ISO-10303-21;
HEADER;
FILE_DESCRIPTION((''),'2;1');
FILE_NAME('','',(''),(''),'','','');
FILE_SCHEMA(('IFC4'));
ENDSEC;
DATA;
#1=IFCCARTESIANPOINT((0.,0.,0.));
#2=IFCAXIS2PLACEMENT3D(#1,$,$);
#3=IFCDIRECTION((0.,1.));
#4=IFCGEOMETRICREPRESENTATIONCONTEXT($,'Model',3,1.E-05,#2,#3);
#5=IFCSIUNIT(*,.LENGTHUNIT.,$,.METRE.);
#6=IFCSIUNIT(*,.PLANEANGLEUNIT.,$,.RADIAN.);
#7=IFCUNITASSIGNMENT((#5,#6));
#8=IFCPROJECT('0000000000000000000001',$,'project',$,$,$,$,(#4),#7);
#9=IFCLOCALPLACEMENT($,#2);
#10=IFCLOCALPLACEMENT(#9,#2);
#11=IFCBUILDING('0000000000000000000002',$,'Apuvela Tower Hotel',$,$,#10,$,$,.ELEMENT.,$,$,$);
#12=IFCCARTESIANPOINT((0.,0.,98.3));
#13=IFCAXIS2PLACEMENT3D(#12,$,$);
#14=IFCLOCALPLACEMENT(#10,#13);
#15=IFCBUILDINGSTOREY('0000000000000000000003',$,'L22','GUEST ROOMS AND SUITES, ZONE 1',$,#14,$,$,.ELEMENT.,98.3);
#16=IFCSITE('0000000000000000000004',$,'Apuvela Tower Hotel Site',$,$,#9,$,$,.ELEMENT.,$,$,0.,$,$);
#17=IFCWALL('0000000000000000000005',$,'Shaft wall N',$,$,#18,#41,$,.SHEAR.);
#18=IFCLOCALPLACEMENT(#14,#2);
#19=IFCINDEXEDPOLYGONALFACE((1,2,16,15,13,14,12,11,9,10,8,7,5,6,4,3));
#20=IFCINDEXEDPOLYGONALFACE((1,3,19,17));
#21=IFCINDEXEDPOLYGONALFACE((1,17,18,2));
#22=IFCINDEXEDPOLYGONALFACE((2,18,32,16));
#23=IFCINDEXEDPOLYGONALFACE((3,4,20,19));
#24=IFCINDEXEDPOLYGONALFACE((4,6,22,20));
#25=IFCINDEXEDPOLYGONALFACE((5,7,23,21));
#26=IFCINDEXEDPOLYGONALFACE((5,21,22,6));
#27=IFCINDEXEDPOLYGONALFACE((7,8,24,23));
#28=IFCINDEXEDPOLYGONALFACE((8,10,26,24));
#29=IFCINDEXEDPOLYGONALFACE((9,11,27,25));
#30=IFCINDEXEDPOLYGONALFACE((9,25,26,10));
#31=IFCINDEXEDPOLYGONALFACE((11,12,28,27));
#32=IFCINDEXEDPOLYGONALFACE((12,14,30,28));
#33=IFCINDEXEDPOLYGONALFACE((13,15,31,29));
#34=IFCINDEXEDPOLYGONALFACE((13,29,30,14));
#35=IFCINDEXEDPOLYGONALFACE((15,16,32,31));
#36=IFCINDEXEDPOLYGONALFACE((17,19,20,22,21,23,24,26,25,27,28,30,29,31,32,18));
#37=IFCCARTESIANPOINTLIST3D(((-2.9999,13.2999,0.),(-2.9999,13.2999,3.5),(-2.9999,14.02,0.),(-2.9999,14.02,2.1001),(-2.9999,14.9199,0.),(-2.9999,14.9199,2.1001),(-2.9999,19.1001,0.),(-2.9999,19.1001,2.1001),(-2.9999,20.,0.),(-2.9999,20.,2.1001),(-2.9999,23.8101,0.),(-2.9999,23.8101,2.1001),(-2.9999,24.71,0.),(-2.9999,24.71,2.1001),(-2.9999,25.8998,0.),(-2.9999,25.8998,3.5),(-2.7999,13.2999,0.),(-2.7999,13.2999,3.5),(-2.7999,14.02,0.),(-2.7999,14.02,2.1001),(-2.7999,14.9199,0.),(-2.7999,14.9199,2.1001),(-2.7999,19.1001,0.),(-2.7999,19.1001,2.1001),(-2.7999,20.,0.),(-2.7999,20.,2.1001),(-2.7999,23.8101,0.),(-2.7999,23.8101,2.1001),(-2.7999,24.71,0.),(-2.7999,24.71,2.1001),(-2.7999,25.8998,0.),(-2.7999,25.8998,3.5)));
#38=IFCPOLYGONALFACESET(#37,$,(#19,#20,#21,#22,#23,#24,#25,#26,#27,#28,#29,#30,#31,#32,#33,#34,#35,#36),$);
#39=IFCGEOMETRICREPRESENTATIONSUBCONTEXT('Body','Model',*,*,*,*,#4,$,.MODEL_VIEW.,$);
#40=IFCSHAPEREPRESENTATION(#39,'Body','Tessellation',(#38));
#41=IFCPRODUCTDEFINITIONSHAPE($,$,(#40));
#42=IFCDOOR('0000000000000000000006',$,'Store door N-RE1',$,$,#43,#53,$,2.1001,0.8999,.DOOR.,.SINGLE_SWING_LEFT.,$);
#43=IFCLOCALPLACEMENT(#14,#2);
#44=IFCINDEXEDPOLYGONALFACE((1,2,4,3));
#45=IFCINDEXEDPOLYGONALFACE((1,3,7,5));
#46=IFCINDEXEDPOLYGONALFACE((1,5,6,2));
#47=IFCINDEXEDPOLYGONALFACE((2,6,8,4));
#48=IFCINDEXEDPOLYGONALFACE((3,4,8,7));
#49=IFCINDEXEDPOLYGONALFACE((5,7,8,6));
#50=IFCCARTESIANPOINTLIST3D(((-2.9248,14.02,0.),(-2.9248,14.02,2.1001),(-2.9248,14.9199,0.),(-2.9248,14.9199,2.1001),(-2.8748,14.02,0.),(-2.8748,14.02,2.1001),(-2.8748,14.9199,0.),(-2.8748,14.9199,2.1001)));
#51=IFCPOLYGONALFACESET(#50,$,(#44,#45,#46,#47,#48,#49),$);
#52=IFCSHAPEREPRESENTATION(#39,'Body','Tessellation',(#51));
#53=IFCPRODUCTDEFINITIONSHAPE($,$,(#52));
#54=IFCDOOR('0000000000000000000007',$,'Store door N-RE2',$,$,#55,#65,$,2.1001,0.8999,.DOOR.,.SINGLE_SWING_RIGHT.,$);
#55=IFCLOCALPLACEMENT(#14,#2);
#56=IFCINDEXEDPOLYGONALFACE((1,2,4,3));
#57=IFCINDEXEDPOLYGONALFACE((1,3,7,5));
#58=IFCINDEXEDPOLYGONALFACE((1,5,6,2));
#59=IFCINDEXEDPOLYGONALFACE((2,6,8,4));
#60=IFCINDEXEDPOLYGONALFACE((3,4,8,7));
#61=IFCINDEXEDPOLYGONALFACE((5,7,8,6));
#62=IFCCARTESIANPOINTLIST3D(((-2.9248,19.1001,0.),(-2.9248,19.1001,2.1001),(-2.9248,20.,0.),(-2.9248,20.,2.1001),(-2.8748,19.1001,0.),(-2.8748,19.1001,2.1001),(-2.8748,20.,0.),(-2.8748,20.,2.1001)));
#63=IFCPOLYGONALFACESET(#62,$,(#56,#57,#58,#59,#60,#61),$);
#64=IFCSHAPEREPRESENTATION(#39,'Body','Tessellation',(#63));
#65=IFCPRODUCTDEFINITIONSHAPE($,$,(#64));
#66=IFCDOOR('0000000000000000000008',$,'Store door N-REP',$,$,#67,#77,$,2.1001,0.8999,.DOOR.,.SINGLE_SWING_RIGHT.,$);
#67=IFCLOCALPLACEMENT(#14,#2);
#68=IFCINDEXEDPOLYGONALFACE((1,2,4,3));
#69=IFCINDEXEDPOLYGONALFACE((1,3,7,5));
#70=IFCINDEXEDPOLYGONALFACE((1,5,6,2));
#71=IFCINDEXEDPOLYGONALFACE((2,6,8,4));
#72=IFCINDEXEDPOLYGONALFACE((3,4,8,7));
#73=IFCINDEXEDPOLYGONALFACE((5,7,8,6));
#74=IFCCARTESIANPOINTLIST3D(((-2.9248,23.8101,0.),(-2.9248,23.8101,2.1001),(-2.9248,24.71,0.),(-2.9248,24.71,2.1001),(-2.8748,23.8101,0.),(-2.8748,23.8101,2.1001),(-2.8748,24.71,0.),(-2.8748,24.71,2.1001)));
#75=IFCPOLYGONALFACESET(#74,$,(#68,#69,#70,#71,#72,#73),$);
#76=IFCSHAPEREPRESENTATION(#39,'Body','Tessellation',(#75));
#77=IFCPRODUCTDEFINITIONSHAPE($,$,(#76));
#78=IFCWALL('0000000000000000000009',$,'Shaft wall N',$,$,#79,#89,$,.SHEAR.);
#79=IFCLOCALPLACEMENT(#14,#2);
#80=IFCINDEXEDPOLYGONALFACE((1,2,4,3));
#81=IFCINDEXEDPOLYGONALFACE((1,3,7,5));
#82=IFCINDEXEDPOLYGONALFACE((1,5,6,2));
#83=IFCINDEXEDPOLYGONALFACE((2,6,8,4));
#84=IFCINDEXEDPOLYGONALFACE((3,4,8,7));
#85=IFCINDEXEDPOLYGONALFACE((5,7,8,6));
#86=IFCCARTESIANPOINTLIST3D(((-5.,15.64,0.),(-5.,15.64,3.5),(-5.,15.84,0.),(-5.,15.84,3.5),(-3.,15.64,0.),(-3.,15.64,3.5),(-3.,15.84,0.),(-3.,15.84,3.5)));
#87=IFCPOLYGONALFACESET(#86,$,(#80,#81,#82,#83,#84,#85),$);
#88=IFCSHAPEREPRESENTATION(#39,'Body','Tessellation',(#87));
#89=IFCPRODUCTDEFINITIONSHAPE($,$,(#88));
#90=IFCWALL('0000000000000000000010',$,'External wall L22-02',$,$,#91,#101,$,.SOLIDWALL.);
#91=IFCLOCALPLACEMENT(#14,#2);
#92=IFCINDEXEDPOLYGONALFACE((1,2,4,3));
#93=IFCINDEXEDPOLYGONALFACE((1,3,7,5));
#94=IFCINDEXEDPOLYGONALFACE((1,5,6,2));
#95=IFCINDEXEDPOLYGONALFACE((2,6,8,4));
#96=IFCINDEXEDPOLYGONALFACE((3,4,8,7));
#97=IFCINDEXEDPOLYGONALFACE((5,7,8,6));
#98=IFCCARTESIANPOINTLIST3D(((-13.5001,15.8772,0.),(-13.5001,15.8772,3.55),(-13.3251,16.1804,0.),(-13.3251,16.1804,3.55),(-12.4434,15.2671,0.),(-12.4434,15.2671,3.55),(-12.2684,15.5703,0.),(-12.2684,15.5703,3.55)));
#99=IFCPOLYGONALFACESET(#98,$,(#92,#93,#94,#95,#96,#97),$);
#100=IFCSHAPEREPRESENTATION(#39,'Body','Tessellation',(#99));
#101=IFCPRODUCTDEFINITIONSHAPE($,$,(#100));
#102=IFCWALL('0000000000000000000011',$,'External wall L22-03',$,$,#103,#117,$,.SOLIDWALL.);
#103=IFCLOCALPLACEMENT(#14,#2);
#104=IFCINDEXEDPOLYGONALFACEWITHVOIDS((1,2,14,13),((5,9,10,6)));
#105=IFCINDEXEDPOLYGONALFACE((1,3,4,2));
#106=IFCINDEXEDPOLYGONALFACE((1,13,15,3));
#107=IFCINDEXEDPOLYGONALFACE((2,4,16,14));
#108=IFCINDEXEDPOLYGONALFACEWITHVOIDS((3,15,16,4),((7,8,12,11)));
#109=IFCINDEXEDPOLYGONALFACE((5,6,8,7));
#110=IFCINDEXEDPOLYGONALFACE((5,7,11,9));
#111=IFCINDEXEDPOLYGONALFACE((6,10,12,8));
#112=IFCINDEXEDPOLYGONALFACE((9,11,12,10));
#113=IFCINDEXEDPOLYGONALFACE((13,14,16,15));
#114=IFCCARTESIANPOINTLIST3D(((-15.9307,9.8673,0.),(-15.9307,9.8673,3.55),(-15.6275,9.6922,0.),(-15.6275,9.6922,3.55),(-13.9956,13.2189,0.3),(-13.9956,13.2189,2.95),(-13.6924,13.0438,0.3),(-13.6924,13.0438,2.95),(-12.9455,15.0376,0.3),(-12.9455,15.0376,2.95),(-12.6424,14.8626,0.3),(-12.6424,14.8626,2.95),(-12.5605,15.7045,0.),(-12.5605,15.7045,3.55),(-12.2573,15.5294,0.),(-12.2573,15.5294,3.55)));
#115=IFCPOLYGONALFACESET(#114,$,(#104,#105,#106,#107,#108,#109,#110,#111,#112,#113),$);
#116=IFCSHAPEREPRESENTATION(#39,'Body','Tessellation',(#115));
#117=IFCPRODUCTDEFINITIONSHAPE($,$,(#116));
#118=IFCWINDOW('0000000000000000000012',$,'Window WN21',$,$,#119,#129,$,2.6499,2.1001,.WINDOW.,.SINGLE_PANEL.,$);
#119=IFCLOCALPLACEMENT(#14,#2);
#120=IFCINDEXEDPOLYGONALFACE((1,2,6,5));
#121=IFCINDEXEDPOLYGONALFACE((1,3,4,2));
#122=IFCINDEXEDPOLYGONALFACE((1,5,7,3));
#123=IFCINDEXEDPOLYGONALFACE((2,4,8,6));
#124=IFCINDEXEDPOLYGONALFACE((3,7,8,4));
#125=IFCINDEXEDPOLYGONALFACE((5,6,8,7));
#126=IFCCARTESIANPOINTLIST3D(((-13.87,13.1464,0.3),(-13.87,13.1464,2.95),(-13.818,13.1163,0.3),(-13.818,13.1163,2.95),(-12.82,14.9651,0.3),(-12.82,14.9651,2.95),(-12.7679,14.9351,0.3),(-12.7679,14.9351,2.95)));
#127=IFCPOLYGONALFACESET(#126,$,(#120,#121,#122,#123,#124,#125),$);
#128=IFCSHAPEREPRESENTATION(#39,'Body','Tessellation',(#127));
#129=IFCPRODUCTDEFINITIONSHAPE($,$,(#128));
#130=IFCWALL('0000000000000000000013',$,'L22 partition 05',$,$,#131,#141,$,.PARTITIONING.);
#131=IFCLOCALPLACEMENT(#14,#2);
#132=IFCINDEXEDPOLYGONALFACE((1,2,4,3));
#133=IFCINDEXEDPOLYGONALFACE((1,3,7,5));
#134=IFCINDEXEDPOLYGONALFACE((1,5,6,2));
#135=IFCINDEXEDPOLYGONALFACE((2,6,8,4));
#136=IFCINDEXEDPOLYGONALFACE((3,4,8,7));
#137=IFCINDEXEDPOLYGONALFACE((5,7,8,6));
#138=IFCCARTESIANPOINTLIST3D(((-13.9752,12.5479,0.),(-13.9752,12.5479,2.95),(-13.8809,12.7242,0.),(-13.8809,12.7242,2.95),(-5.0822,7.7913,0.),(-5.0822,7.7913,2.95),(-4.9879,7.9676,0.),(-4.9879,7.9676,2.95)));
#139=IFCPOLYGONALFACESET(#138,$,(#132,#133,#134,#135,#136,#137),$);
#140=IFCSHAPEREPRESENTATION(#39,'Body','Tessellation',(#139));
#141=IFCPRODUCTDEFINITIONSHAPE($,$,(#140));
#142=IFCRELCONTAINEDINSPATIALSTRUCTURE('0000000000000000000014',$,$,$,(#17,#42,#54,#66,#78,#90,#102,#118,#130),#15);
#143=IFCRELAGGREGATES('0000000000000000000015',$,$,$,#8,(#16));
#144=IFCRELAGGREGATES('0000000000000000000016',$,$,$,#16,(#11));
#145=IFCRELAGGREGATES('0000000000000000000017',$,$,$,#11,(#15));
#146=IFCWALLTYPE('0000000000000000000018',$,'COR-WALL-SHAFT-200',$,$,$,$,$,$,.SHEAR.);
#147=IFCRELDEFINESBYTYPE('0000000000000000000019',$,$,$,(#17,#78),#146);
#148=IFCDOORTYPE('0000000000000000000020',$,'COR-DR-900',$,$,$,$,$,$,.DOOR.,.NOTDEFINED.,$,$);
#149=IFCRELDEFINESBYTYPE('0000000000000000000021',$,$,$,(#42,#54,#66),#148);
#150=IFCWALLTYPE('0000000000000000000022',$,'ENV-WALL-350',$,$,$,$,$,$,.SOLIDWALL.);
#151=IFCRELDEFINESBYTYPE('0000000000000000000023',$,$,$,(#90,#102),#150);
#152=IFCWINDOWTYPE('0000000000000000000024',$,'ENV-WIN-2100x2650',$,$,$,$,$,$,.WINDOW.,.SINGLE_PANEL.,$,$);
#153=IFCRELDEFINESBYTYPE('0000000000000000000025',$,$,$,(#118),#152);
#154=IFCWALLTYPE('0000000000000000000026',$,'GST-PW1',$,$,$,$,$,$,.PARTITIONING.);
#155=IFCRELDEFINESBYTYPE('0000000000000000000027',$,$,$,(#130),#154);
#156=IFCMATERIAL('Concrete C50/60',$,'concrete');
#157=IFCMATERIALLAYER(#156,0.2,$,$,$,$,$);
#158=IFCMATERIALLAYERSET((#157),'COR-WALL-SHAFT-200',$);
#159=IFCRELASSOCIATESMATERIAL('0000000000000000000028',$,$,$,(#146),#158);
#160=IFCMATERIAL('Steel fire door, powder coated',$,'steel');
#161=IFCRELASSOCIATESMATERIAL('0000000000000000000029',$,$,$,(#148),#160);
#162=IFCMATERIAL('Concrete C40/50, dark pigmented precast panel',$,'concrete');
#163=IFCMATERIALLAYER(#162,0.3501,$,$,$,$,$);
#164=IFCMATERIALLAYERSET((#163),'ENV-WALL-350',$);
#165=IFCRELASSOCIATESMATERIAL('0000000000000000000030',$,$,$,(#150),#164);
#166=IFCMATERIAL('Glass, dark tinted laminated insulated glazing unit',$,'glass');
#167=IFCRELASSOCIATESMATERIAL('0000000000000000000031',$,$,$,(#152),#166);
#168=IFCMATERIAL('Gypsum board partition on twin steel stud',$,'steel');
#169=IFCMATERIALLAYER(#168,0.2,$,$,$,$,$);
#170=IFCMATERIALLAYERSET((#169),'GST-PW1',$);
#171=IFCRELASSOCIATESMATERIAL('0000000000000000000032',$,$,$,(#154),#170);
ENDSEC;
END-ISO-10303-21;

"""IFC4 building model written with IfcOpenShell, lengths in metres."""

from ifc_helpers import new_model, si_unit, direction, frame, frame_2d, origin, place, context, subcontext, project, spatial, rectangle, extrude, material, layer, layer_set, type_object, element, fill, save


model = new_model("IFC4")

# Units and contexts
model_context = context("Model", 3, precision=1e-05, world=origin(), true_north=direction((0.0, 1.0)))
body_context = subcontext(model_context, "Body", "Model", "MODEL_VIEW")
ifc_project = project(units=[si_unit("LENGTHUNIT", "METRE"), si_unit("PLANEANGLEUNIT", "RADIAN")], contexts=[model_context])

# Site, building, storey
site_placement = place(None, origin())
site = spatial("IfcSite", under=ifc_project, at=site_placement, Name="Apuvela Tower Hotel Site", CompositionType="ELEMENT", RefElevation=0.0)
building_placement = place(site_placement, origin())
building = spatial("IfcBuilding", under=site, at=building_placement, Name="Apuvela Tower Hotel", CompositionType="ELEMENT")
storey_placement = place(building_placement, frame((0.0, 0.0, 98.3)))
storey = spatial("IfcBuildingStorey", under=building, at=storey_placement, Name="L22", Description="GUEST ROOMS AND SUITES, ZONE 1", CompositionType="ELEMENT", Elevation=98.3)

# Shared definitions
ifc_material_1 = material(Name="Concrete C50/60", Category="concrete")
ifc_layer_1 = layer(ifc_material_1, 0.2)
ifc_layer_set_1 = layer_set([ifc_layer_1], Name="COR-WALL-SHAFT-200")
wall_type_1 = type_object("IfcWallType", Name="COR-WALL-SHAFT-200", PredefinedType="SHEAR", material=ifc_layer_set_1)

# Wall, openings, doors
wall_1_placement = place(storey_placement, frame((-2.8999, 13.3, 0.0), z_axis=(0.0, 0.0, 1.0), x_axis=(0.0, 1.0, 0.0)))
wall_1 = element("IfcWall", 1, at=wall_1_placement, inside=storey, type_object=wall_type_1, Name="Shaft wall N", PredefinedType="SHEAR", context=body_context, shape_type="SweptSolid", body=[
    extrude(rectangle(XDim=12.5999, YDim=0.2, at=frame_2d((6.2998, 0.0))), origin(), (0.0, 0.0, 1.0), 3.5),
])
opening_1_placement = place(wall_1_placement, frame((0.72, 0.0, 0.0)))
opening_1 = element("IfcOpeningElement", 2, at=opening_1_placement, cuts=wall_1, PredefinedType="OPENING", context=body_context, shape_type="SweptSolid", body=[
    extrude(rectangle(XDim=0.8999, YDim=2.1001, at=frame_2d((0.45, 1.05))), frame((0.0, 0.1099, 0.0), z_axis=(0.0, -1.0, 0.0), x_axis=(1.0, 0.0, 0.0)), (0.0, 0.0, 1.0), 0.22),
])
opening_2_placement = place(wall_1_placement, frame((5.8, 0.0, 0.0)))
opening_2 = element("IfcOpeningElement", 3, at=opening_2_placement, cuts=wall_1, PredefinedType="OPENING", context=body_context, shape_type="SweptSolid", body=[
    extrude(rectangle(XDim=0.8999, YDim=2.1001, at=frame_2d((0.45, 1.05))), frame((0.0, 0.1099, 0.0), z_axis=(0.0, -1.0, 0.0), x_axis=(1.0, 0.0, 0.0)), (0.0, 0.0, 1.0), 0.22),
])
opening_3_placement = place(wall_1_placement, frame((10.51, 0.0, 0.0)))
opening_3 = element("IfcOpeningElement", 4, at=opening_3_placement, cuts=wall_1, PredefinedType="OPENING", context=body_context, shape_type="SweptSolid", body=[
    extrude(rectangle(XDim=0.8999, YDim=2.1001, at=frame_2d((0.45, 1.05))), frame((0.0, 0.1099, 0.0), z_axis=(0.0, -1.0, 0.0), x_axis=(1.0, 0.0, 0.0)), (0.0, 0.0, 1.0), 0.22),
])
ifc_material_2 = material(Name="Steel fire door, powder coated", Category="steel")
door_type_1 = type_object("IfcDoorType", Name="COR-DR-900", OperationType="NOTDEFINED", PredefinedType="DOOR", material=ifc_material_2)
door_1_placement = place(opening_1_placement, origin())
door_1 = element("IfcDoor", 5, at=door_1_placement, inside=storey, type_object=door_type_1, Name="Store door N-RE1", OperationType="SINGLE_SWING_LEFT", OverallHeight=2.1001, OverallWidth=0.8999, PredefinedType="DOOR", context=body_context, shape_type="SweptSolid", body=[
    extrude(rectangle(XDim=0.8999, YDim=2.1001, at=frame_2d((0.45, 1.05))), frame((0.0, 0.0249, 0.0), z_axis=(0.0, -1.0, 0.0), x_axis=(1.0, 0.0, 0.0)), (0.0, 0.0, 1.0), 0.05),
])
fill(opening_1, door_1)
door_2_placement = place(opening_2_placement, origin())
door_2 = element("IfcDoor", 6, at=door_2_placement, inside=storey, type_object=door_type_1, Name="Store door N-RE2", OperationType="SINGLE_SWING_RIGHT", OverallHeight=2.1001, OverallWidth=0.8999, PredefinedType="DOOR", context=body_context, shape_type="SweptSolid", body=[
    extrude(rectangle(XDim=0.8999, YDim=2.1001, at=frame_2d((0.45, 1.05))), frame((0.0, 0.0249, 0.0), z_axis=(0.0, -1.0, 0.0), x_axis=(1.0, 0.0, 0.0)), (0.0, 0.0, 1.0), 0.05),
])
fill(opening_2, door_2)
door_3_placement = place(opening_3_placement, origin())
door_3 = element("IfcDoor", 7, at=door_3_placement, inside=storey, type_object=door_type_1, Name="Store door N-REP", OperationType="SINGLE_SWING_RIGHT", OverallHeight=2.1001, OverallWidth=0.8999, PredefinedType="DOOR", context=body_context, shape_type="SweptSolid", body=[
    extrude(rectangle(XDim=0.8999, YDim=2.1001, at=frame_2d((0.45, 1.05))), frame((0.0, 0.0249, 0.0), z_axis=(0.0, -1.0, 0.0), x_axis=(1.0, 0.0, 0.0)), (0.0, 0.0, 1.0), 0.05),
])
fill(opening_3, door_3)

# Walls
wall_2_placement = place(storey_placement, frame((-3.0, 15.74, 0.0), z_axis=(0.0, 0.0, 1.0), x_axis=(-1.0, 0.0, 0.0)))
element("IfcWall", 8, at=wall_2_placement, inside=storey, type_object=wall_type_1, Name="Shaft wall N", PredefinedType="SHEAR", context=body_context, shape_type="SweptSolid", body=[
    extrude(rectangle(XDim=2.0, YDim=0.2, at=frame_2d((1.0, 0.0))), origin(), (0.0, 0.0, 1.0), 3.5),
])
ifc_material_3 = material(Name="Concrete C40/50, dark pigmented precast panel", Category="concrete")
ifc_layer_2 = layer(ifc_material_3, 0.3501)
ifc_layer_set_2 = layer_set([ifc_layer_2], Name="ENV-WALL-350")
wall_type_2 = type_object("IfcWallType", Name="ENV-WALL-350", PredefinedType="SOLIDWALL", material=ifc_layer_set_2)
wall_3_placement = place(storey_placement, frame((-13.4126, 16.0288, 0.0), z_axis=(0.0, 0.0, 1.0), x_axis=(0.866006, -0.500034, 0.0)))
element("IfcWall", 9, at=wall_3_placement, inside=storey, type_object=wall_type_2, Name="External wall L22-02", PredefinedType="SOLIDWALL", context=body_context, shape_type="SweptSolid", body=[
    extrude(rectangle(XDim=1.2202, YDim=0.3501, at=frame_2d((0.6101, 0.0))), origin(), (0.0, 0.0, 1.0), 3.55),
])

# Wall, opening, window
wall_4_placement = place(storey_placement, frame((-12.4089, 15.6169, 0.0), z_axis=(0.0, 0.0, 1.0), x_axis=(-0.500004, -0.866023, 0.0)))
wall_4 = element("IfcWall", 10, at=wall_4_placement, inside=storey, type_object=wall_type_2, Name="External wall L22-03", PredefinedType="SOLIDWALL", context=body_context, shape_type="SweptSolid", body=[
    extrude(rectangle(XDim=6.7402, YDim=0.3501, at=frame_2d((3.3701, 0.0))), origin(), (0.0, 0.0, 1.0), 3.55),
])
opening_4_placement = place(wall_4_placement, frame((0.77, 0.0, 0.3)))
opening_4 = element("IfcOpeningElement", 11, at=opening_4_placement, cuts=wall_4, PredefinedType="OPENING", context=body_context, shape_type="SweptSolid", body=[
    extrude(rectangle(XDim=2.1001, YDim=2.6499, at=frame_2d((1.05, 1.325))), frame((0.0, 0.1851, 0.0), z_axis=(0.0, -1.0, 0.0), x_axis=(1.0, 0.0, 0.0)), (0.0, 0.0, 1.0), 0.3701),
])
ifc_material_4 = material(Name="Glass, dark tinted laminated insulated glazing unit", Category="glass")
window_type = type_object("IfcWindowType", Name="ENV-WIN-2100x2650", PartitioningType="SINGLE_PANEL", PredefinedType="WINDOW", material=ifc_material_4)
window_placement = place(opening_4_placement, origin())
window = element("IfcWindow", 12, at=window_placement, inside=storey, type_object=window_type, Name="Window WN21", OverallHeight=2.6499, OverallWidth=2.1001, PartitioningType="SINGLE_PANEL", PredefinedType="WINDOW", context=body_context, shape_type="SweptSolid", body=[
    extrude(rectangle(XDim=2.1001, YDim=2.6499, at=frame_2d((1.05, 1.325))), frame((0.0, 0.03, 0.0), z_axis=(0.0, -1.0, 0.0), x_axis=(1.0, 0.0, 0.0)), (0.0, 0.0, 1.0), 0.0601),
])
fill(opening_4, window)

# Wall
ifc_material_5 = material(Name="Gypsum board partition on twin steel stud", Category="steel")
ifc_layer_3 = layer(ifc_material_5, 0.2)
ifc_layer_set_3 = layer_set([ifc_layer_3], Name="GST-PW1")
wall_type_3 = type_object("IfcWallType", Name="GST-PW1", PredefinedType="PARTITIONING", material=ifc_layer_set_3)
wall_5_placement = place(storey_placement, frame((-13.928, 12.636, 0.0), z_axis=(0.0, 0.0, 1.0), x_axis=(0.881791, -0.47164, 0.0)))
element("IfcWall", 13, at=wall_5_placement, inside=storey, type_object=wall_type_3, Name="L22 partition 05", PredefinedType="PARTITIONING", context=body_context, shape_type="SweptSolid", body=[
    extrude(rectangle(XDim=10.0852, YDim=0.2, at=frame_2d((5.0425, 0.0))), origin(), (0.0, 0.0, 1.0), 2.95),
])

save(model, "model.ifc")
